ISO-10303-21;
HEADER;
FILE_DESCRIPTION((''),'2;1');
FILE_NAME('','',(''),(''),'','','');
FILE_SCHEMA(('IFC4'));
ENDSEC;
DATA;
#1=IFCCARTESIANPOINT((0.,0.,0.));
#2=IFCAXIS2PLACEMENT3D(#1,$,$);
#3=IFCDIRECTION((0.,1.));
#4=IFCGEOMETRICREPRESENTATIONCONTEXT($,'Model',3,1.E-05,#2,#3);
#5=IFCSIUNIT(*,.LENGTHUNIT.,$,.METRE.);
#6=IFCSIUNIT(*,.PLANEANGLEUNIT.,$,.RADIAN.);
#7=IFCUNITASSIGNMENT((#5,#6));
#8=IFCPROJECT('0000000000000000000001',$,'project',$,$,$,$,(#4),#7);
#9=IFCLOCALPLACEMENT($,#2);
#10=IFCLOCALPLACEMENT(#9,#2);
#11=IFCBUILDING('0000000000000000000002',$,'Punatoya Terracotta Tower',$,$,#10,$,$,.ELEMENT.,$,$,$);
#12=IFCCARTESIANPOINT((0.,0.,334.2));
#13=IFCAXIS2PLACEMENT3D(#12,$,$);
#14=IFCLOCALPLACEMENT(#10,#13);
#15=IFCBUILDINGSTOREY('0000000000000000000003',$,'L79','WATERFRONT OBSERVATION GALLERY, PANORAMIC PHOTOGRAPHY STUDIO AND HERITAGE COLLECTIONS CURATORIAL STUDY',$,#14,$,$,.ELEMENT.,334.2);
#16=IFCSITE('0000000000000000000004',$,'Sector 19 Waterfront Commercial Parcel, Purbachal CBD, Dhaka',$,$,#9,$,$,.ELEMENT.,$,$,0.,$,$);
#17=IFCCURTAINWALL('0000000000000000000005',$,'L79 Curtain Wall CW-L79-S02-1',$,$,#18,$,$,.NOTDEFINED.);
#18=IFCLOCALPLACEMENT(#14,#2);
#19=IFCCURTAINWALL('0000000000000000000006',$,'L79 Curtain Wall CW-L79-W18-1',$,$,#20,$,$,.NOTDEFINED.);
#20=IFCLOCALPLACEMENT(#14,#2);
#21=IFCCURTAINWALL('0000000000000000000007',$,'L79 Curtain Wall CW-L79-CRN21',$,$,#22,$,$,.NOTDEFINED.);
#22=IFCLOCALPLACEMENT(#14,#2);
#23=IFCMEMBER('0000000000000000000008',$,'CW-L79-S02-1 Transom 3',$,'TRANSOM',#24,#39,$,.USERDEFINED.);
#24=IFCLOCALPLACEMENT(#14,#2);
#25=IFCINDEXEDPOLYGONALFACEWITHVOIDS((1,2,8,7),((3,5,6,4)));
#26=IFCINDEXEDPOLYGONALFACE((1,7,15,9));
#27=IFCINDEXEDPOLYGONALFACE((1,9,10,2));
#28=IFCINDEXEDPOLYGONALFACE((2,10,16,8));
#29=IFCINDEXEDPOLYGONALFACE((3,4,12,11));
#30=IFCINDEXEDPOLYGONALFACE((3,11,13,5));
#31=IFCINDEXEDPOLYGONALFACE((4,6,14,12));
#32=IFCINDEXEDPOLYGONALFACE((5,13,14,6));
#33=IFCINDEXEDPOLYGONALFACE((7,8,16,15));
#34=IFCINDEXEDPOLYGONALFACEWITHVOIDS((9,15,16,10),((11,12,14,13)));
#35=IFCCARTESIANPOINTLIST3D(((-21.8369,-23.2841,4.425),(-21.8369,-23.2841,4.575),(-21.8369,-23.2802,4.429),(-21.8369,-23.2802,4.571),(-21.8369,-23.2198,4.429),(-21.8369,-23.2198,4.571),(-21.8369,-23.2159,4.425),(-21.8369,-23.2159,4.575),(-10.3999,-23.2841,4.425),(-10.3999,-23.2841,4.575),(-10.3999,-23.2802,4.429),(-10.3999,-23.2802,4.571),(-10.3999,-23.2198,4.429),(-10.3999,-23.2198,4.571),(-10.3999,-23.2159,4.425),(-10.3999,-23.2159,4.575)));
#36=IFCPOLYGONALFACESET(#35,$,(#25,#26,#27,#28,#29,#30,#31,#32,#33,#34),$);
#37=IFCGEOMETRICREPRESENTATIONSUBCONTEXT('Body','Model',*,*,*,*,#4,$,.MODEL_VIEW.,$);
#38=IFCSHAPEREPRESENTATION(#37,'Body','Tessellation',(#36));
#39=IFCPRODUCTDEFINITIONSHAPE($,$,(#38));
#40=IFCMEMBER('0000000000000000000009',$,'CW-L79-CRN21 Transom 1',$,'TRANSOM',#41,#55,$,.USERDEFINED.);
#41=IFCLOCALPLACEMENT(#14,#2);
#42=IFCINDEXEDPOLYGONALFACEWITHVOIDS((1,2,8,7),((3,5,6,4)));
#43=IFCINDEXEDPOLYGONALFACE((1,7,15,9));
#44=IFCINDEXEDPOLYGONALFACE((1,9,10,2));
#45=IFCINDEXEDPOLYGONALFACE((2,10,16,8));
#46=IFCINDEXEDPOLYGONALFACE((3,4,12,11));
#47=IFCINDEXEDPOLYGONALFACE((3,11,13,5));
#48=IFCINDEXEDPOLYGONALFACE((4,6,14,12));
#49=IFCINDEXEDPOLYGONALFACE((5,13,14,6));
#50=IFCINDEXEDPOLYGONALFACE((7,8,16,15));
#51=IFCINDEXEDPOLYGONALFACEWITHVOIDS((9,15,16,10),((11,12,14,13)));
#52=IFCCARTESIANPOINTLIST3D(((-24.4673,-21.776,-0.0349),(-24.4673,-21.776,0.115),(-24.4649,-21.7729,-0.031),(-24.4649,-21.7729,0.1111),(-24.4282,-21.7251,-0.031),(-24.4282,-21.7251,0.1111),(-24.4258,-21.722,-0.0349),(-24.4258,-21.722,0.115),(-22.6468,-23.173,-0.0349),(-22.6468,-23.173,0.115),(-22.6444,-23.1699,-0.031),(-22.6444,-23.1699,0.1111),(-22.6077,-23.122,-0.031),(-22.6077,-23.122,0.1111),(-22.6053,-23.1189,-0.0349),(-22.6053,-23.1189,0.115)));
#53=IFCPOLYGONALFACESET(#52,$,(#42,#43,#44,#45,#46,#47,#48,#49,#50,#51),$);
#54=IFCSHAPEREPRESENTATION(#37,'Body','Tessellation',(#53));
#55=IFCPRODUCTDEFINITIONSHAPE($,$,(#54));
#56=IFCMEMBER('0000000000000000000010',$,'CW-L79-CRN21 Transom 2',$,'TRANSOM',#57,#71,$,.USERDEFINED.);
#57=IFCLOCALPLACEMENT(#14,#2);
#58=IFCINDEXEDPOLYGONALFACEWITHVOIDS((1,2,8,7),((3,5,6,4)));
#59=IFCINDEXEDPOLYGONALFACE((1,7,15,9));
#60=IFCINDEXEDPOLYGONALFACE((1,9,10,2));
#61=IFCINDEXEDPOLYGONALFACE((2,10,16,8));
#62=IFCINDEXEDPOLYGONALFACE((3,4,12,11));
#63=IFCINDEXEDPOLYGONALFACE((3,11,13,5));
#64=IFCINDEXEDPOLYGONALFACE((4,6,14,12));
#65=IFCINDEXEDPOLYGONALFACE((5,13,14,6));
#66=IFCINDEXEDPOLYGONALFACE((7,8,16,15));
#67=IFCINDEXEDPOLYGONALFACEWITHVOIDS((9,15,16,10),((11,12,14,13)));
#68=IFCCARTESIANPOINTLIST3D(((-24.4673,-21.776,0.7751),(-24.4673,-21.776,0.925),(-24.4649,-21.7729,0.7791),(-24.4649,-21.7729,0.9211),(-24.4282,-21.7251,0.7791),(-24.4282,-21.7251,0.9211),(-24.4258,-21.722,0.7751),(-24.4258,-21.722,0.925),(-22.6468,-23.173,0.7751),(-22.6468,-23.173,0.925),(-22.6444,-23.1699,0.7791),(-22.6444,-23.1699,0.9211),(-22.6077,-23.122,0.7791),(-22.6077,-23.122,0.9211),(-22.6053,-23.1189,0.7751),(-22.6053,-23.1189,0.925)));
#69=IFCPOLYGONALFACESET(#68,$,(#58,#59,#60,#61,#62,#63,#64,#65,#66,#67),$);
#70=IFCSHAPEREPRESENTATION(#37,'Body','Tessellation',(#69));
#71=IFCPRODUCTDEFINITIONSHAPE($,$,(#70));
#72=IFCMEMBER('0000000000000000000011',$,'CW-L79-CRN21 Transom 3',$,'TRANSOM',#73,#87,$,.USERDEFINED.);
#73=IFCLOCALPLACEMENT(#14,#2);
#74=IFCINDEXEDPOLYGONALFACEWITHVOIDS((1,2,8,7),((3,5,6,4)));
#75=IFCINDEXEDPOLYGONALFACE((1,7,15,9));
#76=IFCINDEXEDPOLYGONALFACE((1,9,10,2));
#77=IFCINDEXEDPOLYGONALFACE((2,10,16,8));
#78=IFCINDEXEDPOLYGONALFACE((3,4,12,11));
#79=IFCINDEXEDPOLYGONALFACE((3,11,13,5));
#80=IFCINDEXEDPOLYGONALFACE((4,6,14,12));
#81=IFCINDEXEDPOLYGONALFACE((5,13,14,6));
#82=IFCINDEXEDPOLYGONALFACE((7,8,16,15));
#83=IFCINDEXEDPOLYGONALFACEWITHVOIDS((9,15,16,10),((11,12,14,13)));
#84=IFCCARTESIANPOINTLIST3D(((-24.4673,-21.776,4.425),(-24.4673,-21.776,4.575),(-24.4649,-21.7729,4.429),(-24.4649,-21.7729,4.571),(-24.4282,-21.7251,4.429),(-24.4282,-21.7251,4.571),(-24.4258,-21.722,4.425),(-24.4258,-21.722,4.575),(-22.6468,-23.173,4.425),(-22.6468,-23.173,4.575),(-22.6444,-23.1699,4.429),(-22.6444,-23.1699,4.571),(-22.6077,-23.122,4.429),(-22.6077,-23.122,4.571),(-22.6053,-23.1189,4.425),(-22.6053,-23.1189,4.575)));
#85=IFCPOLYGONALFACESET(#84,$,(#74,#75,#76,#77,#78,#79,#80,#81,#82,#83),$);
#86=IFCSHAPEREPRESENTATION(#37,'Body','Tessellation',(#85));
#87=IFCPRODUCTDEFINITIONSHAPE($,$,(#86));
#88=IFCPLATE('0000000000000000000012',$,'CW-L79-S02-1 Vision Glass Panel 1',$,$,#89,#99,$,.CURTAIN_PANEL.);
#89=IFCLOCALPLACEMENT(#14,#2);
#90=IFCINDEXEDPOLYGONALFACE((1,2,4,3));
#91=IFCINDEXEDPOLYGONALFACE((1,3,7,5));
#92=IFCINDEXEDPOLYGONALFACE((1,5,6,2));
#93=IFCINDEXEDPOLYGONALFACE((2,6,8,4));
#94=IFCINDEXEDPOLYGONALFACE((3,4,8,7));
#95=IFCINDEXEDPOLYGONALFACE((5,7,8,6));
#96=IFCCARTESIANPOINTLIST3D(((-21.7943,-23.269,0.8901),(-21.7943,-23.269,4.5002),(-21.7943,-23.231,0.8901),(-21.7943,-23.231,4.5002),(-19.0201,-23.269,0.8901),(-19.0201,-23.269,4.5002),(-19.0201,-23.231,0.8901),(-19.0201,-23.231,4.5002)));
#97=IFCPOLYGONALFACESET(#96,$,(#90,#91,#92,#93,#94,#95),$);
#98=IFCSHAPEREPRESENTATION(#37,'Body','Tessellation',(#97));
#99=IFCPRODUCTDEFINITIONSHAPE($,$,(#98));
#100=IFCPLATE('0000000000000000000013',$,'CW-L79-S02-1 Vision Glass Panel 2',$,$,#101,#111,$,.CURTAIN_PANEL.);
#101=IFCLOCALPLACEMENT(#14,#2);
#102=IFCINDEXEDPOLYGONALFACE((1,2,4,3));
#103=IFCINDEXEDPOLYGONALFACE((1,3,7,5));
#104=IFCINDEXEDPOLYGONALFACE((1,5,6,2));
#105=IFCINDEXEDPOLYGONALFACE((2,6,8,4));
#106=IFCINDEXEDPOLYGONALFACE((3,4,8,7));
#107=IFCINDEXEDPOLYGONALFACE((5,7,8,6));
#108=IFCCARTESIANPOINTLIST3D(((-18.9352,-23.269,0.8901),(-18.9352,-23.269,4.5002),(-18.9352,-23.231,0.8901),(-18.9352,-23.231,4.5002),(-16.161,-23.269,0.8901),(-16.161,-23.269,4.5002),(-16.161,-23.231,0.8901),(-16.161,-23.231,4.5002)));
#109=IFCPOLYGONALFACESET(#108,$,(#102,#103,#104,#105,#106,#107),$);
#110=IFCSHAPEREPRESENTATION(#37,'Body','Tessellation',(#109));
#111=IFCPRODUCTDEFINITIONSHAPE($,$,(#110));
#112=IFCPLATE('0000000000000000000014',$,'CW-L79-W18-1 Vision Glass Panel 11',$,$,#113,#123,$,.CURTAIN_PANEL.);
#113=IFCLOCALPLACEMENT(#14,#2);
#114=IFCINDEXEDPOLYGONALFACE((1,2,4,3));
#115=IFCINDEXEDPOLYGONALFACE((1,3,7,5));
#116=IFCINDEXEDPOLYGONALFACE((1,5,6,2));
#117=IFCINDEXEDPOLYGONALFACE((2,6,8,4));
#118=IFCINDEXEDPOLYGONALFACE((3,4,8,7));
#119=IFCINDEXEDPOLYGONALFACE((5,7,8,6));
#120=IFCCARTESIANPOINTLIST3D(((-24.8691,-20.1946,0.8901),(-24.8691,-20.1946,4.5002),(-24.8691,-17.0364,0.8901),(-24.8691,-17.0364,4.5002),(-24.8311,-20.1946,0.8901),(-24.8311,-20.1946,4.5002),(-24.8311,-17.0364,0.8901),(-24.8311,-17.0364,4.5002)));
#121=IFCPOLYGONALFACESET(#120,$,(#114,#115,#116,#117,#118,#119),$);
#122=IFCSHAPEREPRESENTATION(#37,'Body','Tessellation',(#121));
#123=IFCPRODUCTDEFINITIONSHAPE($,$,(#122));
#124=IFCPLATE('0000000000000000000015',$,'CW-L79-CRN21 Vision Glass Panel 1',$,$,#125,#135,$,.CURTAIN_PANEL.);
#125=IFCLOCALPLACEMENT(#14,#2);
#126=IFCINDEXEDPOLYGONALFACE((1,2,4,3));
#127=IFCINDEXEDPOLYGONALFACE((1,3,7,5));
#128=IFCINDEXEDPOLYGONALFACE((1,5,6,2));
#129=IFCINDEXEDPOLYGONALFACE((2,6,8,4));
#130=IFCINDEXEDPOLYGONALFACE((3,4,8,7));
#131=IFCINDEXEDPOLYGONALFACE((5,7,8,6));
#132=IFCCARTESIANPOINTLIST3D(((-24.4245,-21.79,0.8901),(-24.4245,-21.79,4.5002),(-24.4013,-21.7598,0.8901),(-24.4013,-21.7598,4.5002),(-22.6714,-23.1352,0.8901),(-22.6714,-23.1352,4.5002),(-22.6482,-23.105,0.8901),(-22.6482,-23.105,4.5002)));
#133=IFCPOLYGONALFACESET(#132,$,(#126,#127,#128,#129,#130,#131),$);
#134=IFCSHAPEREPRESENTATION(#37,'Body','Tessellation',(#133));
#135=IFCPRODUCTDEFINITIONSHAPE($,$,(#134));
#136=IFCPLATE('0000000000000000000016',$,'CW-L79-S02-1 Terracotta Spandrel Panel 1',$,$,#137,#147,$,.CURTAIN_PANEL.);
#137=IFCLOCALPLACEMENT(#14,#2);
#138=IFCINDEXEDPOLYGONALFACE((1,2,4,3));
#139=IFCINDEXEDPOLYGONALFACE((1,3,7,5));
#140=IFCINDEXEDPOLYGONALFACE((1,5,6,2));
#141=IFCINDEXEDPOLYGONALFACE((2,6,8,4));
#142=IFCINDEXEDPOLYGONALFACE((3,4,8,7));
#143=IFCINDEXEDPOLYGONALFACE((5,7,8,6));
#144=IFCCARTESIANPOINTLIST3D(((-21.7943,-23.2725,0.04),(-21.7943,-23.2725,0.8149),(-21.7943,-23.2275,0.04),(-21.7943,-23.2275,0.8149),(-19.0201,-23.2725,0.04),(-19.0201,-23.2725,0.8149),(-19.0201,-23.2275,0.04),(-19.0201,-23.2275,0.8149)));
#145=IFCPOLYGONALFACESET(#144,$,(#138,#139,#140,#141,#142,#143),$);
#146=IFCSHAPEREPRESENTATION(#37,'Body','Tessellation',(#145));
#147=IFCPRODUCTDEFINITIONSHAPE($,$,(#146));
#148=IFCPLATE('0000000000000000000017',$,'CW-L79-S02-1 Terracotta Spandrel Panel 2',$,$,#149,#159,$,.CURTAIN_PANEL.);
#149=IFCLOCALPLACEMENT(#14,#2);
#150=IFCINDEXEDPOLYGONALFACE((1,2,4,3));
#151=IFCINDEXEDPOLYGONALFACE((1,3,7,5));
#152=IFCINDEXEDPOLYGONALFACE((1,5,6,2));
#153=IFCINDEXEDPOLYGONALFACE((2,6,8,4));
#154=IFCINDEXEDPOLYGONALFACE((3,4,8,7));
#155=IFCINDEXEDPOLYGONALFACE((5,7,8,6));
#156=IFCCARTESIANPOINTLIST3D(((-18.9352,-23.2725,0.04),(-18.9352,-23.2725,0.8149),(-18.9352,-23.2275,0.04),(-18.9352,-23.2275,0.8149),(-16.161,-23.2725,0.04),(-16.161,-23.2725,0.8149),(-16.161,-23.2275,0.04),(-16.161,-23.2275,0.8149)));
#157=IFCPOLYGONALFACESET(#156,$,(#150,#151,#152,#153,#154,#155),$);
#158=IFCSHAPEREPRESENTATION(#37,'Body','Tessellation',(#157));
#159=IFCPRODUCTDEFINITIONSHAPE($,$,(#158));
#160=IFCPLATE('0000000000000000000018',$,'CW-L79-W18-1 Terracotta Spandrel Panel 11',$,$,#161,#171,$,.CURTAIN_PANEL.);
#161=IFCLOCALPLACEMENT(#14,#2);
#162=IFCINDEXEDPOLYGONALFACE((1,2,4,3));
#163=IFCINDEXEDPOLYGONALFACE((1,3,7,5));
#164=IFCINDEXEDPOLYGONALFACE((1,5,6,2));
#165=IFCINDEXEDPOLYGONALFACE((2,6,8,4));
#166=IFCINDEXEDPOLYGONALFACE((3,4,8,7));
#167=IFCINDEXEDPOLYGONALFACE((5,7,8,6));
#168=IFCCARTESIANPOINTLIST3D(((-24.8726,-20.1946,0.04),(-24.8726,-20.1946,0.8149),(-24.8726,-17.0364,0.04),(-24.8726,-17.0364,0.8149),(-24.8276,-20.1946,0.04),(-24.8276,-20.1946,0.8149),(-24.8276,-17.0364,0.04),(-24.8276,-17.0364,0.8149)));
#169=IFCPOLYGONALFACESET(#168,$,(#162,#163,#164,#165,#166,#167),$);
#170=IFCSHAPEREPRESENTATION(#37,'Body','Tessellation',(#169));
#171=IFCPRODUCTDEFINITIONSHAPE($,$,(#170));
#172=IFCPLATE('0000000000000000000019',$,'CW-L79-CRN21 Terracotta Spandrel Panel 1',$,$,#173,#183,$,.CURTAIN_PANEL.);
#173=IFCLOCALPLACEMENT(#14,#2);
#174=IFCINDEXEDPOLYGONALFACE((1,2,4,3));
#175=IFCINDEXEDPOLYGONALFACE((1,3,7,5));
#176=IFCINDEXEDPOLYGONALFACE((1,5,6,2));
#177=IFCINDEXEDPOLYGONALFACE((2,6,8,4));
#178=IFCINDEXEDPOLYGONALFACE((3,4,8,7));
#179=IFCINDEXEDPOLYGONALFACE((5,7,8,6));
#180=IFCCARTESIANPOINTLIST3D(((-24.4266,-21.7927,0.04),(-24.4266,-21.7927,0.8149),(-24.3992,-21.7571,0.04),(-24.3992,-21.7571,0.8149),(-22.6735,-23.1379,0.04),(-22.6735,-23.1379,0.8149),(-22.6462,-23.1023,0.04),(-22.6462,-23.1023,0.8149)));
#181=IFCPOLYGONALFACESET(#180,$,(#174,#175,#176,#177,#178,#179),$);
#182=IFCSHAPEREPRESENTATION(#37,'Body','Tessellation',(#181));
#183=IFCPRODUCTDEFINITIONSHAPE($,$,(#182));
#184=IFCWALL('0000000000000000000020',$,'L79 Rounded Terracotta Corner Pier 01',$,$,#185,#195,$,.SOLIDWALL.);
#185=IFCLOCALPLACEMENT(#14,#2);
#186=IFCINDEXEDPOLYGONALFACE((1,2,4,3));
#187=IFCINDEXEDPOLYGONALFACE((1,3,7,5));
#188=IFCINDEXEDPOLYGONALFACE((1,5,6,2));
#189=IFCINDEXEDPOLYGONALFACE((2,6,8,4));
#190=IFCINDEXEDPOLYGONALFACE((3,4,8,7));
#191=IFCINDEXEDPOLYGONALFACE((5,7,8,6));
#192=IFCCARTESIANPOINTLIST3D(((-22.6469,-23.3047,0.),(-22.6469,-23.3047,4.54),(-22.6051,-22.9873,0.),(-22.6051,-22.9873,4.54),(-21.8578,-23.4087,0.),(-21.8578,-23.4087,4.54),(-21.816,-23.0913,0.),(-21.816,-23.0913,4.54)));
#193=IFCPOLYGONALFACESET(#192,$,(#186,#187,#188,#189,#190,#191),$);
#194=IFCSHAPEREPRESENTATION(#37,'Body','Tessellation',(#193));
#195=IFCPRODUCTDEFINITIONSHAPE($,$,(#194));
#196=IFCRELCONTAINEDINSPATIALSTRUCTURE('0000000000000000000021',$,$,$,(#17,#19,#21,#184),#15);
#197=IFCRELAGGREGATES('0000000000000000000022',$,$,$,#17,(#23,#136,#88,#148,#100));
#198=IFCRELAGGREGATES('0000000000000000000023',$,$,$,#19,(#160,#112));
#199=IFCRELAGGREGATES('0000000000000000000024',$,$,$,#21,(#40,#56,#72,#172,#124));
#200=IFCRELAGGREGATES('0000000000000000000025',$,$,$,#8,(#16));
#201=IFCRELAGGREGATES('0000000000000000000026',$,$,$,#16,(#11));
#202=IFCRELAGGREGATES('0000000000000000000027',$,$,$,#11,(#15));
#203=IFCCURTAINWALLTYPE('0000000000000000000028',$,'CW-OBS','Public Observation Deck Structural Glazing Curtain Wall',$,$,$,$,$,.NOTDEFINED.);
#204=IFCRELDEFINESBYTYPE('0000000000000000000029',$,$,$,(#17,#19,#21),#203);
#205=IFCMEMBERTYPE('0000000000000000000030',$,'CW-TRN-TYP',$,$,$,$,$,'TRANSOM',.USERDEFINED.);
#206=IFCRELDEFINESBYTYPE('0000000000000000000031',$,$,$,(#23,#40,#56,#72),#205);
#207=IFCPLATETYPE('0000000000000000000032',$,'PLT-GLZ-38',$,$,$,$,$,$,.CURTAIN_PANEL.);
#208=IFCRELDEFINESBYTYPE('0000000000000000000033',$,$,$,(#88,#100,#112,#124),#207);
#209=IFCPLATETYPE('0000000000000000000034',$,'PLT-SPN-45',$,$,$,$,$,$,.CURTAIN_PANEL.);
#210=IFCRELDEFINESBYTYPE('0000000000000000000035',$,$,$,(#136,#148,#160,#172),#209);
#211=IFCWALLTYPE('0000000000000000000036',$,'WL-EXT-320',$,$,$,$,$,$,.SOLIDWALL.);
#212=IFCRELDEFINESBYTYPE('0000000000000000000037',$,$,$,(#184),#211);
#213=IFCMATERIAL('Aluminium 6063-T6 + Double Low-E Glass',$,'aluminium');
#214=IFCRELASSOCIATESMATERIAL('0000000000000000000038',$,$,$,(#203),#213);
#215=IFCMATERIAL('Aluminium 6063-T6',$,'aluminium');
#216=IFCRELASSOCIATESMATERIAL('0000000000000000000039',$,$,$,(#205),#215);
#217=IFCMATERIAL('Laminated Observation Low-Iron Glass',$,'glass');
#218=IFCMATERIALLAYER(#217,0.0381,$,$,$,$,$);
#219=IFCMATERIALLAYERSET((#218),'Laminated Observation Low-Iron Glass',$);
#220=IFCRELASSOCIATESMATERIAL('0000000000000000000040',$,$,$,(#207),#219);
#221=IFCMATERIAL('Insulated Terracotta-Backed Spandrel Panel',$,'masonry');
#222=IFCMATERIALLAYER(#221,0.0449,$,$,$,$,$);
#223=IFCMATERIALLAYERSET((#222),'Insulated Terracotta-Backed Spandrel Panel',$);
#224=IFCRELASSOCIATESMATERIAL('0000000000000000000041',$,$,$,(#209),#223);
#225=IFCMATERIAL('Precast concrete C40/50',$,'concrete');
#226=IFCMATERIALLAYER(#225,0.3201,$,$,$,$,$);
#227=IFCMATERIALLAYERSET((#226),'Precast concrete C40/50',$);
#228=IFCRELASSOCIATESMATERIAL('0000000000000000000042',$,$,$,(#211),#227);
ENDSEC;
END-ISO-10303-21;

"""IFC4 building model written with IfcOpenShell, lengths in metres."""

from ifc_helpers import new_model, si_unit, direction, frame, frame_2d, origin, origin_2d, place, context, subcontext, project, spatial, rectangle, hollow_rectangle, extrude, material, layer, layer_set, material_profile, profile_set, type_object, element, aggregate, save


model = new_model("IFC4")

# Units and contexts
model_context = context("Model", 3, precision=1e-05, world=origin(), true_north=direction((0.0, 1.0)))
body_context = subcontext(model_context, "Body", "Model", "MODEL_VIEW")
ifc_project = project(units=[si_unit("LENGTHUNIT", "METRE"), si_unit("PLANEANGLEUNIT", "RADIAN")], contexts=[model_context])

# Site, building, storey
site_placement = place(None, origin())
site = spatial("IfcSite", under=ifc_project, at=site_placement, Name="Sector 19 Waterfront Commercial Parcel, Purbachal CBD, Dhaka", CompositionType="ELEMENT", RefElevation=0.0)
building_placement = place(site_placement, origin())
building = spatial("IfcBuilding", under=site, at=building_placement, Name="Punatoya Terracotta Tower", CompositionType="ELEMENT")
storey_placement = place(building_placement, frame((0.0, 0.0, 334.2)))
storey = spatial("IfcBuildingStorey", under=building, at=storey_placement, Name="L79", Description="WATERFRONT OBSERVATION GALLERY, PANORAMIC PHOTOGRAPHY STUDIO AND HERITAGE COLLECTIONS CURATORIAL STUDY", CompositionType="ELEMENT", Elevation=334.2)

# Curtain wall
ifc_material_1 = material(Name="Aluminium 6063-T6 + Double Low-E Glass", Category="aluminium")
curtain_wall_type = type_object("IfcCurtainWallType", Name="CW-OBS", Description="Public Observation Deck Structural Glazing Curtain Wall", PredefinedType="NOTDEFINED", material=ifc_material_1)
curtain_wall_1_placement = place(storey_placement, origin())
curtain_wall_1 = element("IfcCurtainWall", 1, at=curtain_wall_1_placement, inside=storey, type_object=curtain_wall_type, Name="L79 Curtain Wall CW-L79-S02-1", PredefinedType="NOTDEFINED")
ifc_material_2 = material(Name="Aluminium 6063-T6", Category="aluminium")

# Curtain wall
curtain_wall_2_placement = place(storey_placement, origin())
curtain_wall_2 = element("IfcCurtainWall", 2, at=curtain_wall_2_placement, inside=storey, type_object=curtain_wall_type, Name="L79 Curtain Wall CW-L79-W18-1", PredefinedType="NOTDEFINED")

# Curtain wall
curtain_wall_3_placement = place(storey_placement, origin())
curtain_wall_3 = element("IfcCurtainWall", 3, at=curtain_wall_3_placement, inside=storey, type_object=curtain_wall_type, Name="L79 Curtain Wall CW-L79-CRN21", PredefinedType="NOTDEFINED")

# Members
ifc_material_profile_1 = material_profile(ifc_material_2, hollow_rectangle(XDim=0.0681, YDim=0.1499, WallThickness=0.0039, at=origin_2d()))
ifc_profile_set_1 = profile_set([ifc_material_profile_1], Name="Aluminium 6063-T6")
member_type_1 = type_object("IfcMemberType", Name="CW-TRN-TYP", ElementType="TRANSOM", PredefinedType="USERDEFINED", material=ifc_profile_set_1)
member_1_placement = place(storey_placement, frame((-21.8369, -23.25, 4.5), z_axis=(1.0, 0.0, 0.0), x_axis=(0.0, 1.0, 0.0)))
member_1 = element("IfcMember", 4, at=member_1_placement, type_object=member_type_1, Name="CW-L79-S02-1 Transom 3", ObjectType="TRANSOM", PredefinedType="USERDEFINED", context=body_context, shape_type="SweptSolid", body=[
    extrude(hollow_rectangle(XDim=0.0681, YDim=0.1499, WallThickness=0.0039, at=origin_2d()), origin(), (0.0, 0.0, 1.0), 11.437),
])
member_2_placement = place(storey_placement, frame((-24.4465, -21.749, 0.04), z_axis=(0.793351, -0.608764, 0.0), x_axis=(0.608764, 0.793351, 0.0)))
member_2 = element("IfcMember", 5, at=member_2_placement, type_object=member_type_1, Name="CW-L79-CRN21 Transom 1", ObjectType="TRANSOM", PredefinedType="USERDEFINED", context=body_context, shape_type="SweptSolid", body=[
    extrude(hollow_rectangle(XDim=0.0681, YDim=0.1499, WallThickness=0.0039, at=origin_2d()), origin(), (0.0, 0.0, 1.0), 2.2947),
])
member_3_placement = place(storey_placement, frame((-24.4465, -21.749, 0.8501), z_axis=(0.793351, -0.608764, 0.0), x_axis=(0.608764, 0.793351, 0.0)))
member_3 = element("IfcMember", 6, at=member_3_placement, type_object=member_type_1, Name="CW-L79-CRN21 Transom 2", ObjectType="TRANSOM", PredefinedType="USERDEFINED", context=body_context, shape_type="SweptSolid", body=[
    extrude(hollow_rectangle(XDim=0.0681, YDim=0.1499, WallThickness=0.0039, at=origin_2d()), origin(), (0.0, 0.0, 1.0), 2.2947),
])
member_4_placement = place(storey_placement, frame((-24.4465, -21.749, 4.5), z_axis=(0.793351, -0.608764, 0.0), x_axis=(0.608764, 0.793351, 0.0)))
member_4 = element("IfcMember", 7, at=member_4_placement, type_object=member_type_1, Name="CW-L79-CRN21 Transom 3", ObjectType="TRANSOM", PredefinedType="USERDEFINED", context=body_context, shape_type="SweptSolid", body=[
    extrude(hollow_rectangle(XDim=0.0681, YDim=0.1499, WallThickness=0.0039, at=origin_2d()), origin(), (0.0, 0.0, 1.0), 2.2947),
])

# Plates
ifc_material_3 = material(Name="Laminated Observation Low-Iron Glass", Category="glass")
ifc_layer_1 = layer(ifc_material_3, 0.0381)
ifc_layer_set_1 = layer_set([ifc_layer_1], Name="Laminated Observation Low-Iron Glass")
plate_type_1 = type_object("IfcPlateType", Name="PLT-GLZ-38", PredefinedType="CURTAIN_PANEL", material=ifc_layer_set_1)
plate_1_placement = place(storey_placement, frame((-20.4072, -23.25, 0.8901), z_axis=(0.0, 0.0, 1.0), x_axis=(1.0, 0.0, 0.0)))
plate_1 = element("IfcPlate", 8, at=plate_1_placement, type_object=plate_type_1, Name="CW-L79-S02-1 Vision Glass Panel 1", PredefinedType="CURTAIN_PANEL", context=body_context, shape_type="SweptSolid", body=[
    extrude(rectangle(XDim=2.7742, YDim=0.0381, at=origin_2d()), origin(), (0.0, 0.0, 1.0), 3.6101),
])
plate_2_placement = place(storey_placement, frame((-17.5481, -23.25, 0.8901), z_axis=(0.0, 0.0, 1.0), x_axis=(1.0, 0.0, 0.0)))
plate_2 = element("IfcPlate", 9, at=plate_2_placement, type_object=plate_type_1, Name="CW-L79-S02-1 Vision Glass Panel 2", PredefinedType="CURTAIN_PANEL", context=body_context, shape_type="SweptSolid", body=[
    extrude(rectangle(XDim=2.7742, YDim=0.0381, at=origin_2d()), origin(), (0.0, 0.0, 1.0), 3.6101),
])
plate_3_placement = place(storey_placement, frame((-24.8501, -18.6155, 0.8901), z_axis=(0.0, 0.0, 1.0), x_axis=(0.0, -1.0, 0.0)))
plate_3 = element("IfcPlate", 10, at=plate_3_placement, type_object=plate_type_1, Name="CW-L79-W18-1 Vision Glass Panel 11", PredefinedType="CURTAIN_PANEL", context=body_context, shape_type="SweptSolid", body=[
    extrude(rectangle(XDim=3.1582, YDim=0.0381, at=origin_2d()), origin(), (0.0, 0.0, 1.0), 3.6101),
])
plate_4_placement = place(storey_placement, frame((-23.5364, -22.4475, 0.8901), z_axis=(0.0, 0.0, 1.0), x_axis=(0.79335, -0.608766, 0.0)))
plate_4 = element("IfcPlate", 11, at=plate_4_placement, type_object=plate_type_1, Name="CW-L79-CRN21 Vision Glass Panel 1", PredefinedType="CURTAIN_PANEL", context=body_context, shape_type="SweptSolid", body=[
    extrude(rectangle(XDim=2.2097, YDim=0.0381, at=origin_2d()), origin(), (0.0, 0.0, 1.0), 3.6101),
])
ifc_material_4 = material(Name="Insulated Terracotta-Backed Spandrel Panel", Category="masonry")
ifc_layer_2 = layer(ifc_material_4, 0.0449)
ifc_layer_set_2 = layer_set([ifc_layer_2], Name="Insulated Terracotta-Backed Spandrel Panel")
plate_type_2 = type_object("IfcPlateType", Name="PLT-SPN-45", PredefinedType="CURTAIN_PANEL", material=ifc_layer_set_2)
plate_5_placement = place(storey_placement, frame((-20.4072, -23.25, 0.04), z_axis=(0.0, 0.0, 1.0), x_axis=(1.0, 0.0, 0.0)))
plate_5 = element("IfcPlate", 12, at=plate_5_placement, type_object=plate_type_2, Name="CW-L79-S02-1 Terracotta Spandrel Panel 1", PredefinedType="CURTAIN_PANEL", context=body_context, shape_type="SweptSolid", body=[
    extrude(rectangle(XDim=2.7742, YDim=0.0449, at=origin_2d()), origin(), (0.0, 0.0, 1.0), 0.7749),
])
plate_6_placement = place(storey_placement, frame((-17.5481, -23.25, 0.04), z_axis=(0.0, 0.0, 1.0), x_axis=(1.0, 0.0, 0.0)))
plate_6 = element("IfcPlate", 13, at=plate_6_placement, type_object=plate_type_2, Name="CW-L79-S02-1 Terracotta Spandrel Panel 2", PredefinedType="CURTAIN_PANEL", context=body_context, shape_type="SweptSolid", body=[
    extrude(rectangle(XDim=2.7742, YDim=0.0449, at=origin_2d()), origin(), (0.0, 0.0, 1.0), 0.7749),
])
aggregate(curtain_wall_1, [member_1, plate_5, plate_1, plate_6, plate_2])
plate_7_placement = place(storey_placement, frame((-24.8501, -18.6155, 0.04), z_axis=(0.0, 0.0, 1.0), x_axis=(0.0, -1.0, 0.0)))
plate_7 = element("IfcPlate", 14, at=plate_7_placement, type_object=plate_type_2, Name="CW-L79-W18-1 Terracotta Spandrel Panel 11", PredefinedType="CURTAIN_PANEL", context=body_context, shape_type="SweptSolid", body=[
    extrude(rectangle(XDim=3.1582, YDim=0.0449, at=origin_2d()), origin(), (0.0, 0.0, 1.0), 0.7749),
])
aggregate(curtain_wall_2, [plate_7, plate_3])
plate_8_placement = place(storey_placement, frame((-23.5364, -22.4475, 0.04), z_axis=(0.0, 0.0, 1.0), x_axis=(0.79335, -0.608766, 0.0)))
plate_8 = element("IfcPlate", 15, at=plate_8_placement, type_object=plate_type_2, Name="CW-L79-CRN21 Terracotta Spandrel Panel 1", PredefinedType="CURTAIN_PANEL", context=body_context, shape_type="SweptSolid", body=[
    extrude(rectangle(XDim=2.2097, YDim=0.0449, at=origin_2d()), origin(), (0.0, 0.0, 1.0), 0.7749),
])
aggregate(curtain_wall_3, [member_2, member_3, member_4, plate_8, plate_4])

# Wall
ifc_material_5 = material(Name="Precast concrete C40/50", Category="concrete")
ifc_layer_3 = layer(ifc_material_5, 0.3201)
ifc_layer_set_3 = layer_set([ifc_layer_3], Name="Precast concrete C40/50")
wall_type = type_object("IfcWallType", Name="WL-EXT-320", PredefinedType="SOLIDWALL", material=ifc_layer_set_3)
for number, where, z_axis, x_axis, name in (
    (16, (-22.626, -23.146, 0.0), (0.0, 0.0, 1.0), (0.991425, -0.130677, 0.0), "L79 Rounded Terracotta Corner Pier 01"),
):
    element("IfcWall", number, at=place(storey_placement, frame(where, z_axis=z_axis, x_axis=x_axis)), inside=storey, type_object=wall_type, Name=name, PredefinedType="SOLIDWALL", context=body_context, shape_type="SweptSolid", body=[
        extrude(rectangle(XDim=0.7959, YDim=0.3201, at=frame_2d((0.3979, 0.0))), origin(), (0.0, 0.0, 1.0), 4.54),
    ])

save(model, "model.ifc")
